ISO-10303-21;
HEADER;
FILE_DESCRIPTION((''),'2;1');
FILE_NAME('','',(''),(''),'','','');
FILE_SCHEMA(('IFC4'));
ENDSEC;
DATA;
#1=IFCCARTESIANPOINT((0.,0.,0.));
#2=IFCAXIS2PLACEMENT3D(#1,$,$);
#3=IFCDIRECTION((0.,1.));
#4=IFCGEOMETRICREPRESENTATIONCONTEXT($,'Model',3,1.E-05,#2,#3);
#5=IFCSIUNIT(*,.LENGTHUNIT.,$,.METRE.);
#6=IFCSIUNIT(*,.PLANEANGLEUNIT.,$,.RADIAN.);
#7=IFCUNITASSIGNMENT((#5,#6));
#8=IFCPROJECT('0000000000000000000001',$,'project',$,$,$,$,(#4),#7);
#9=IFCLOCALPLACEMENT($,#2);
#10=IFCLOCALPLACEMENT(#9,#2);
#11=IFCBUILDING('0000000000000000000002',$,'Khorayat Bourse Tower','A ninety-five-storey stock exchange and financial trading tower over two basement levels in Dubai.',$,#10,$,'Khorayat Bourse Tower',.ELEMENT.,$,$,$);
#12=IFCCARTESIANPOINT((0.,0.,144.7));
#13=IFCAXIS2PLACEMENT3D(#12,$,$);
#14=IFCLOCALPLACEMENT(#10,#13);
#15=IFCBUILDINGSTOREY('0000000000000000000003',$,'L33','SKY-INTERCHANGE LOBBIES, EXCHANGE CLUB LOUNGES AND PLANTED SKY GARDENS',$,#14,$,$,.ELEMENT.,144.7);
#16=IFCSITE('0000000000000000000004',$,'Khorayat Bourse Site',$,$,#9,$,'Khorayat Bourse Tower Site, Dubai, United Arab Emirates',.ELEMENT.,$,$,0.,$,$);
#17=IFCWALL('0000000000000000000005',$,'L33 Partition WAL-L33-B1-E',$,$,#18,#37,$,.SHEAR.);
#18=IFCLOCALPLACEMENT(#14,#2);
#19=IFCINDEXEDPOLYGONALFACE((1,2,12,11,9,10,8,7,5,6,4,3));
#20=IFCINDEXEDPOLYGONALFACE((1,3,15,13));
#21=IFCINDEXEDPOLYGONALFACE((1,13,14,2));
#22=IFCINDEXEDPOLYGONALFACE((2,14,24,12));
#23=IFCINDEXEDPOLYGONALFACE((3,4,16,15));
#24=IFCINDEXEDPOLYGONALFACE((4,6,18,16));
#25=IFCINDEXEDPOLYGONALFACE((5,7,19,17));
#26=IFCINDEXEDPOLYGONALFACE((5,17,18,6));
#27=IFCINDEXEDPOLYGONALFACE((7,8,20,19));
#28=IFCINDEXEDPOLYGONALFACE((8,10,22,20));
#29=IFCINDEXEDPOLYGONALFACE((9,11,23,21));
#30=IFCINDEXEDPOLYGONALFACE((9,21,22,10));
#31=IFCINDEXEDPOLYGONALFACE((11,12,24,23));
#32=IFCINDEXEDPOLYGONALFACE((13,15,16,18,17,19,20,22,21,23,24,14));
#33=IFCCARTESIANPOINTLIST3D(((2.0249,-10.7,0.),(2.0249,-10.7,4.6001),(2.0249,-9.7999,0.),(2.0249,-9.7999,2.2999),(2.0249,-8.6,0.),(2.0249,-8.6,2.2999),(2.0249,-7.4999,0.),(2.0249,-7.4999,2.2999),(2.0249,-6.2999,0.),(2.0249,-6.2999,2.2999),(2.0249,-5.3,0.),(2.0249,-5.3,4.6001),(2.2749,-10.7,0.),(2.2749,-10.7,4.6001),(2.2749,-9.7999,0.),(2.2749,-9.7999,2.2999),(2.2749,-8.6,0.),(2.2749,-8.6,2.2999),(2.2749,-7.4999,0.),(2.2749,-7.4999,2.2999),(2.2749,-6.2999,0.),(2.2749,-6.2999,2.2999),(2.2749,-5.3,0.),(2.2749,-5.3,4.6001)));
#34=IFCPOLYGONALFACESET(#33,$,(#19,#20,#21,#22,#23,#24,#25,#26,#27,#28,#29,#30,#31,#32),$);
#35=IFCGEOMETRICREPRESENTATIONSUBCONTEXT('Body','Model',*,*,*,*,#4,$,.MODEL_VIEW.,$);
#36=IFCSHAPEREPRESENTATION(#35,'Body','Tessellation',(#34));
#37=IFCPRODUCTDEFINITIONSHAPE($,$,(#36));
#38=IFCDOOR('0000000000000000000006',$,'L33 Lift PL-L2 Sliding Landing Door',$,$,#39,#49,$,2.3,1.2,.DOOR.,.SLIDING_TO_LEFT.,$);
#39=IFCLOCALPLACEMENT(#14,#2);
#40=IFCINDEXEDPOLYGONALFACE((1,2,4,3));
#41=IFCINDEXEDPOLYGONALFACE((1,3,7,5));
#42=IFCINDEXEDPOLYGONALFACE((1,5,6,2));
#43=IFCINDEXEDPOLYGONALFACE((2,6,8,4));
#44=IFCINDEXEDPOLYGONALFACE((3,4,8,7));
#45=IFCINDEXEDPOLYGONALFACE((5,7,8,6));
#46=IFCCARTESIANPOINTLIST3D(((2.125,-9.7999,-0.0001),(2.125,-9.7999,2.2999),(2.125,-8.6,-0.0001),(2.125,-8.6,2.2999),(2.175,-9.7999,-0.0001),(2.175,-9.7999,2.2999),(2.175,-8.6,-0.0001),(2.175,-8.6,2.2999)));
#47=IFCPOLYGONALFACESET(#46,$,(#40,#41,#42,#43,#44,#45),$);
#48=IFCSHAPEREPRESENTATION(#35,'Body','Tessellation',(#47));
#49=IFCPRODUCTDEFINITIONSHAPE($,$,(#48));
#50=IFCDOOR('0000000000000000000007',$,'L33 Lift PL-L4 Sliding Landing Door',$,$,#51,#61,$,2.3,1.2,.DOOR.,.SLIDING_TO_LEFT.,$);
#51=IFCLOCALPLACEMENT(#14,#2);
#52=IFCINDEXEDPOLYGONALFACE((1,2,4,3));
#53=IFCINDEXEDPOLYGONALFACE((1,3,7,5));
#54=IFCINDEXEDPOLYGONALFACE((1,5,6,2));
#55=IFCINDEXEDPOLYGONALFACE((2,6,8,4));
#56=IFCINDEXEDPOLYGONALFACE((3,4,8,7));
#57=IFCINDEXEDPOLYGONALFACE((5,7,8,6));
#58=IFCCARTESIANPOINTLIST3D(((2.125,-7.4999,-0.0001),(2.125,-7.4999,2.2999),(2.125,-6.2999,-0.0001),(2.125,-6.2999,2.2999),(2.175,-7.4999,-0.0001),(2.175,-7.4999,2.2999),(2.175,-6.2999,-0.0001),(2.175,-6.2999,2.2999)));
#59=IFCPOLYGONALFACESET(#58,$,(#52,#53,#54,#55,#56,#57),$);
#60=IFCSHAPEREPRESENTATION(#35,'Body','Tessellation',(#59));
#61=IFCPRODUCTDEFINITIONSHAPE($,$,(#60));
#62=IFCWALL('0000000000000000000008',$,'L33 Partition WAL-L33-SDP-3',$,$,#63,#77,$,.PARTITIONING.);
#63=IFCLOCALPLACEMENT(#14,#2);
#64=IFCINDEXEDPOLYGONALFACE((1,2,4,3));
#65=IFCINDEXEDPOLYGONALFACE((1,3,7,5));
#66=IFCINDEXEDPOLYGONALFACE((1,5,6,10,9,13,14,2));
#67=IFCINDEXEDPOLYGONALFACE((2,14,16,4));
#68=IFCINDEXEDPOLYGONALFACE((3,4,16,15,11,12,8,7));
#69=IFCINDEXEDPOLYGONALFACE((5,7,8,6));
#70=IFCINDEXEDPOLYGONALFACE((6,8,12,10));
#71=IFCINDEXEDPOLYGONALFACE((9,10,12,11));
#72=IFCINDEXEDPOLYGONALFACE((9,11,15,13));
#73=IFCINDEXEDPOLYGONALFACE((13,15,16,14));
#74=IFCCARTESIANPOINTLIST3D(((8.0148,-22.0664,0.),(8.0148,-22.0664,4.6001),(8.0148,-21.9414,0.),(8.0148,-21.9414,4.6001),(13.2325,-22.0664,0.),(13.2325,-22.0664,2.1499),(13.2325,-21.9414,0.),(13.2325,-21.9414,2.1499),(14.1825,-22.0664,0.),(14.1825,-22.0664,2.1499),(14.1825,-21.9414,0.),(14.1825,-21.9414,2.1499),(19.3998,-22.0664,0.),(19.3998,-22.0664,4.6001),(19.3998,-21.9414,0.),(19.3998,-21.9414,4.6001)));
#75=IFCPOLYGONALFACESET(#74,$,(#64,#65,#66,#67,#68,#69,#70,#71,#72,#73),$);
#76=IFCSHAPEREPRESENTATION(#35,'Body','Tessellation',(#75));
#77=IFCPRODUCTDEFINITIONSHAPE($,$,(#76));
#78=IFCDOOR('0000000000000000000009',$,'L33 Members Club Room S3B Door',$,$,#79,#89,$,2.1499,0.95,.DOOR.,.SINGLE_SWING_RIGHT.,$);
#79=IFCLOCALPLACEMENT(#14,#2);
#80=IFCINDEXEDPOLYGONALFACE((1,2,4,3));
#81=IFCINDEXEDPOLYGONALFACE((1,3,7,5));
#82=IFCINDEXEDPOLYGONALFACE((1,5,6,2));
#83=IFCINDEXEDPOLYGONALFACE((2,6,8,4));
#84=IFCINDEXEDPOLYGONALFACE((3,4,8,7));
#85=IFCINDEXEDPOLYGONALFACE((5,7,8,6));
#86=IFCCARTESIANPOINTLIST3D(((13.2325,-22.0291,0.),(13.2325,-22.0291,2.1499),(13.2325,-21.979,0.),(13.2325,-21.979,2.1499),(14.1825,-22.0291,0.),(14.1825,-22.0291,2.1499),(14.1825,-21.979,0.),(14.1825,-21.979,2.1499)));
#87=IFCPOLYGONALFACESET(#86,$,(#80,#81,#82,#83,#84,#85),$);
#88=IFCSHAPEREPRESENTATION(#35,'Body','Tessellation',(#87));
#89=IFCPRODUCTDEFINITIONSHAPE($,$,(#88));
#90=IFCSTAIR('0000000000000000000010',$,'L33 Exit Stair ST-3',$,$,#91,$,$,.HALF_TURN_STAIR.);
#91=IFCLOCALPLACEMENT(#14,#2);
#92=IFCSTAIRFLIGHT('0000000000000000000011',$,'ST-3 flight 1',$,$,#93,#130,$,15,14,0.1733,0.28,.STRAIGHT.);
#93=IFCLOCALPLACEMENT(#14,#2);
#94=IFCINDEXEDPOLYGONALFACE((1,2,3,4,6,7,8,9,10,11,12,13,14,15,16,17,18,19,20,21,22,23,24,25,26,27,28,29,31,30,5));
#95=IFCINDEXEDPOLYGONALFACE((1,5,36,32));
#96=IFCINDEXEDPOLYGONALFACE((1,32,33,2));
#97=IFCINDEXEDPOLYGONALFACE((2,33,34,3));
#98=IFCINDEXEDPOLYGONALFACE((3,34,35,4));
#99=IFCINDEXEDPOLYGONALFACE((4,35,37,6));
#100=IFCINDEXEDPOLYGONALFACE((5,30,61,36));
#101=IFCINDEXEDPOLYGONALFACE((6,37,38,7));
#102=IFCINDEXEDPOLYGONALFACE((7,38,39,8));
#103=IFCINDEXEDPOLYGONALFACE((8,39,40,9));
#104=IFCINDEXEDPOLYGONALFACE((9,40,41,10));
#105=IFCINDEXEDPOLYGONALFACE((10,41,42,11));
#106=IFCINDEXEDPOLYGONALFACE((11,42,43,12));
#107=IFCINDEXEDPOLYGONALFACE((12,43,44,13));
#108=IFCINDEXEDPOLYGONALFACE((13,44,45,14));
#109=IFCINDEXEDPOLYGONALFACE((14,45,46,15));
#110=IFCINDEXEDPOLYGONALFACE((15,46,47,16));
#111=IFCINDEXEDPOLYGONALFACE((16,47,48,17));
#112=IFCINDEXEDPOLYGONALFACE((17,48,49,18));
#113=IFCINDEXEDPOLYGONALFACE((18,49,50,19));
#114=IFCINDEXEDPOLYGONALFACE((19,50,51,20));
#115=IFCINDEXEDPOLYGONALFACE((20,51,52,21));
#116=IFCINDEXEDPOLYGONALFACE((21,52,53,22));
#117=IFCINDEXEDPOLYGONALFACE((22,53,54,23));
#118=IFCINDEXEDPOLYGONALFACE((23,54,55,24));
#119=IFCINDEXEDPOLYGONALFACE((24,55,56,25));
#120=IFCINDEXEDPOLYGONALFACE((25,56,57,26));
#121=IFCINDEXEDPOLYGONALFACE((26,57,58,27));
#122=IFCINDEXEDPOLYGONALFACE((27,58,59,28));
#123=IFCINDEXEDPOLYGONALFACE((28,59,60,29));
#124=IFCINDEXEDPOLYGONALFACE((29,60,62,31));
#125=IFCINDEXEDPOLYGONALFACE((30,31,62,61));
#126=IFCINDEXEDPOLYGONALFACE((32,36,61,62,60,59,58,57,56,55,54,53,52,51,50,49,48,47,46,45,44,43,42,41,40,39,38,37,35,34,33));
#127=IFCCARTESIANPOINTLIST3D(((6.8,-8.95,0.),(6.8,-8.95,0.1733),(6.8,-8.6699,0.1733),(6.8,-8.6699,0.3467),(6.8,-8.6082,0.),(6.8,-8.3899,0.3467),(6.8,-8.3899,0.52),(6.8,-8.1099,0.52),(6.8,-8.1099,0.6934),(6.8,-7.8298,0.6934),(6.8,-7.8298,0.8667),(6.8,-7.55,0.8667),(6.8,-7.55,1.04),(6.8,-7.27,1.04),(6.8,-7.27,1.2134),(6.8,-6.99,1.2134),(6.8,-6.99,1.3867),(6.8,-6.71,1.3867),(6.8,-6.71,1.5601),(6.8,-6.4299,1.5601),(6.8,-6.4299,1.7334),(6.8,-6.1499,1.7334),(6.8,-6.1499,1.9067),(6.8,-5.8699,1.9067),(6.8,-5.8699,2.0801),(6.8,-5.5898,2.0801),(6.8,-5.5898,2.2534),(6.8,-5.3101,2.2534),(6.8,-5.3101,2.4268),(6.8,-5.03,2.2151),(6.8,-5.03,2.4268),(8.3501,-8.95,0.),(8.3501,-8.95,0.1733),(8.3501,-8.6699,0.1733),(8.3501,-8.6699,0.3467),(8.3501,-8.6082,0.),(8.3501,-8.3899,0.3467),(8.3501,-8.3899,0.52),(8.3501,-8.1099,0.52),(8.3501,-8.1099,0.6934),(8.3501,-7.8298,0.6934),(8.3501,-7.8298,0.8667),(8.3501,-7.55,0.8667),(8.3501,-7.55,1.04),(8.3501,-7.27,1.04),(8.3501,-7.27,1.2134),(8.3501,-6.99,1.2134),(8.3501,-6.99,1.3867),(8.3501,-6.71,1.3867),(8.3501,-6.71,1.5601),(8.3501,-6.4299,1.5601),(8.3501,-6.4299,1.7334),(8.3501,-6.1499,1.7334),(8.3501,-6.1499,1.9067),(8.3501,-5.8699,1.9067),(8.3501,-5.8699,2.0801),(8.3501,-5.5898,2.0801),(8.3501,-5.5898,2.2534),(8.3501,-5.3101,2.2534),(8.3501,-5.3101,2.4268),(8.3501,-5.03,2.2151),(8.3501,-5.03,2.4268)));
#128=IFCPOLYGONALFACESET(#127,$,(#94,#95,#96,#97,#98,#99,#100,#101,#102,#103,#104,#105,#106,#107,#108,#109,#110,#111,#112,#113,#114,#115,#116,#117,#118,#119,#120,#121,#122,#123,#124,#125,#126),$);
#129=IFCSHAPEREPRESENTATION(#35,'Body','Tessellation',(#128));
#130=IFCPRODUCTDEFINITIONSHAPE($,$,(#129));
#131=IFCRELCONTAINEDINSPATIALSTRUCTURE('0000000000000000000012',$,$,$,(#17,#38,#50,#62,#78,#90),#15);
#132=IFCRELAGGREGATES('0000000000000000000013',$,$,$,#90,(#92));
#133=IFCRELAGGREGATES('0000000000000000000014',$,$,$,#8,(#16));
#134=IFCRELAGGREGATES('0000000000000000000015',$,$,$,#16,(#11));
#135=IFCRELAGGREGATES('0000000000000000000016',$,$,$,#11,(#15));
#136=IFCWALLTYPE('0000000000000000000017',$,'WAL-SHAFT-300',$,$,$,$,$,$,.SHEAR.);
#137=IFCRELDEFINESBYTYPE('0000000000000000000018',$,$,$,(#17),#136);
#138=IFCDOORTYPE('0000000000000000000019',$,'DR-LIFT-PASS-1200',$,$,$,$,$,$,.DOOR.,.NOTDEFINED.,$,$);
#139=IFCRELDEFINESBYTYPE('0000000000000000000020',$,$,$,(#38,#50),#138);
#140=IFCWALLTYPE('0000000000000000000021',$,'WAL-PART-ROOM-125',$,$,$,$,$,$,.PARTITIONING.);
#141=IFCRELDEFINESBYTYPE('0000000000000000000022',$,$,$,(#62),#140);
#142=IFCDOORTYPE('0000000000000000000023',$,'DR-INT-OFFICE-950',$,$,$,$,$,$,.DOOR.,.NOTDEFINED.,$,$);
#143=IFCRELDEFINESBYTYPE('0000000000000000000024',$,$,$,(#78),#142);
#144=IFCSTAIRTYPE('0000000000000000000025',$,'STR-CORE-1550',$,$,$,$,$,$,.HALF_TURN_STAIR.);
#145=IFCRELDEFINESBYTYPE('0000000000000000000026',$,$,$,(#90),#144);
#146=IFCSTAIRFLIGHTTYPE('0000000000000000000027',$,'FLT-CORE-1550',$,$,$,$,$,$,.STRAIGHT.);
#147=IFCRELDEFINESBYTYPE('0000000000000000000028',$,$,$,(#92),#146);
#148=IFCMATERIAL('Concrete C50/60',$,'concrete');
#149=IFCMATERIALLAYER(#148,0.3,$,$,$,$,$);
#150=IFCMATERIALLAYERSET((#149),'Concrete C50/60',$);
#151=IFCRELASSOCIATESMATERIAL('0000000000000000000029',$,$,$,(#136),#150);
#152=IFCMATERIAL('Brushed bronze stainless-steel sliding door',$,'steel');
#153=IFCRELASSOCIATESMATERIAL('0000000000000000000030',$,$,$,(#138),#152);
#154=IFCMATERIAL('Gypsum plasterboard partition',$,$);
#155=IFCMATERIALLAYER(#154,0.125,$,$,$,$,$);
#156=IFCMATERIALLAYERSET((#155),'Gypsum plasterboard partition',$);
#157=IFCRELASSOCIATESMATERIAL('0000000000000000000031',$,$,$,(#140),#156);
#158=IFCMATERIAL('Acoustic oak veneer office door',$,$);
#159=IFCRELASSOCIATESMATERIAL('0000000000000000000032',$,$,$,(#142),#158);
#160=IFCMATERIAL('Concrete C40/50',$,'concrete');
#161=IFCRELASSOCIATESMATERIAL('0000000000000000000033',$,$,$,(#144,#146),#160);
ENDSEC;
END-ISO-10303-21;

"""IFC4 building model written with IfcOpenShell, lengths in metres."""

from ifc_helpers import new_model, si_unit, direction, frame, frame_2d, origin, place, context, subcontext, project, spatial, polyline, rectangle, outline, extrude, source, transform, mapped, material, layer, layer_set, type_object, element, fill, aggregate, save


model = new_model("IFC4")

# Units and contexts
model_context = context("Model", 3, precision=1e-05, world=origin(), true_north=direction((0.0, 1.0)))
body_context = subcontext(model_context, "Body", "Model", "MODEL_VIEW")
ifc_project = project(units=[si_unit("LENGTHUNIT", "METRE"), si_unit("PLANEANGLEUNIT", "RADIAN")], contexts=[model_context])

# Site, building, storey
site_placement = place(None, origin())
site = spatial("IfcSite", under=ifc_project, at=site_placement, Name="Khorayat Bourse Site", LongName="Khorayat Bourse Tower Site, Dubai, United Arab Emirates", CompositionType="ELEMENT", RefElevation=0.0)
building_placement = place(site_placement, origin())
building = spatial("IfcBuilding", under=site, at=building_placement, Name="Khorayat Bourse Tower", Description="A ninety-five-storey stock exchange and financial trading tower over two basement levels in Dubai.", LongName="Khorayat Bourse Tower", CompositionType="ELEMENT")
storey_placement = place(building_placement, frame((0.0, 0.0, 144.7)))
storey = spatial("IfcBuildingStorey", under=building, at=storey_placement, Name="L33", Description="SKY-INTERCHANGE LOBBIES, EXCHANGE CLUB LOUNGES AND PLANTED SKY GARDENS", CompositionType="ELEMENT", Elevation=144.7)

# Wall, openings, doors
ifc_material_1 = material(Name="Concrete C50/60", Category="concrete")
ifc_layer_1 = layer(ifc_material_1, 0.3)
ifc_layer_set_1 = layer_set([ifc_layer_1], Name="Concrete C50/60")
wall_type_1 = type_object("IfcWallType", Name="WAL-SHAFT-300", PredefinedType="SHEAR", material=ifc_layer_set_1)
shared_shape_1 = source(origin(), body_context, "Body", "SweptSolid", [
    extrude(rectangle(XDim=5.3999, YDim=0.25, at=frame_2d((2.7, 0.0))), origin(), (0.0, 0.0, 1.0), 4.6001),
])
wall_1_placement = place(storey_placement, frame((2.1499, -10.7, 0.0), z_axis=(0.0, 0.0, 1.0), x_axis=(0.0, 1.0, 0.0)))
wall_1 = element("IfcWall", 1, at=wall_1_placement, inside=storey, type_object=wall_type_1, Name="L33 Partition WAL-L33-B1-E", PredefinedType="SHEAR", context=body_context, shape_type="MappedRepresentation", body=[
    mapped(shared_shape_1, transform((0.0, 0.0, 0.0), scale=1.0)),
])
shared_shape_2 = source(origin(), body_context, "Body", "SweptSolid", [
    extrude(rectangle(XDim=1.2, YDim=2.3, at=frame_2d((0.6001, 1.1499))), frame((0.0, 0.135, 0.0), z_axis=(0.0, -1.0, 0.0), x_axis=(1.0, 0.0, 0.0)), (0.0, 0.0, 1.0), 0.27),
])
opening_1_placement = place(wall_1_placement, frame((0.8999, 0.0, 0.0)))
opening_1 = element("IfcOpeningElement", 2, at=opening_1_placement, cuts=wall_1, PredefinedType="OPENING", context=body_context, shape_type="MappedRepresentation", body=[
    mapped(shared_shape_2, transform((0.0, 0.0, 0.0), scale=1.0)),
])
opening_2_placement = place(wall_1_placement, frame((3.2, 0.0, 0.0)))
opening_2 = element("IfcOpeningElement", 3, at=opening_2_placement, cuts=wall_1, PredefinedType="OPENING", context=body_context, shape_type="MappedRepresentation", body=[
    mapped(shared_shape_2, transform((0.0, 0.0, 0.0), scale=1.0)),
])
ifc_material_2 = material(Name="Brushed bronze stainless-steel sliding door", Category="steel")
door_type_1 = type_object("IfcDoorType", Name="DR-LIFT-PASS-1200", OperationType="NOTDEFINED", PredefinedType="DOOR", material=ifc_material_2)
shared_shape_3 = source(origin(), body_context, "Body", "SweptSolid", [
    extrude(rectangle(XDim=1.2, YDim=2.3, at=frame_2d((0.6001, 1.1499))), frame((0.0, 0.0249, 0.0), z_axis=(0.0, -1.0, 0.0), x_axis=(1.0, 0.0, 0.0)), (0.0, 0.0, 1.0), 0.05),
])
door_1_placement = place(opening_1_placement, origin())
door_1 = element("IfcDoor", 4, at=door_1_placement, inside=storey, type_object=door_type_1, Name="L33 Lift PL-L2 Sliding Landing Door", OperationType="SLIDING_TO_LEFT", OverallHeight=2.3, OverallWidth=1.2, PredefinedType="DOOR", context=body_context, shape_type="MappedRepresentation", body=[
    mapped(shared_shape_3, transform((0.0, 0.0, 0.0), scale=1.0)),
])
fill(opening_1, door_1)
door_2_placement = place(opening_2_placement, origin())
door_2 = element("IfcDoor", 5, at=door_2_placement, inside=storey, type_object=door_type_1, Name="L33 Lift PL-L4 Sliding Landing Door", OperationType="SLIDING_TO_LEFT", OverallHeight=2.3, OverallWidth=1.2, PredefinedType="DOOR", context=body_context, shape_type="MappedRepresentation", body=[
    mapped(shared_shape_3, transform((0.0, 0.0, 0.0), scale=1.0)),
])
fill(opening_2, door_2)

# Wall, opening, door
ifc_material_3 = material(Name="Gypsum plasterboard partition")
ifc_layer_2 = layer(ifc_material_3, 0.125)
ifc_layer_set_2 = layer_set([ifc_layer_2], Name="Gypsum plasterboard partition")
wall_type_2 = type_object("IfcWallType", Name="WAL-PART-ROOM-125", PredefinedType="PARTITIONING", material=ifc_layer_set_2)
shared_shape_4 = source(origin(), body_context, "Body", "SweptSolid", [
    extrude(rectangle(XDim=11.385, YDim=0.125, at=frame_2d((5.6924, 0.0))), origin(), (0.0, 0.0, 1.0), 4.6001),
])
wall_2_placement = place(storey_placement, frame((8.0149, -22.0039, 0.0), z_axis=(0.0, 0.0, 1.0), x_axis=(1.0, 0.0, 0.0)))
wall_2 = element("IfcWall", 6, at=wall_2_placement, inside=storey, type_object=wall_type_2, Name="L33 Partition WAL-L33-SDP-3", PredefinedType="PARTITIONING", context=body_context, shape_type="MappedRepresentation", body=[
    mapped(shared_shape_4, transform((0.0, 0.0, 0.0), scale=1.0)),
])
shared_shape_5 = source(origin(), body_context, "Body", "SweptSolid", [
    extrude(rectangle(XDim=0.95, YDim=2.1499, at=frame_2d((0.4751, 1.075))), frame((0.0, 0.0725, 0.0), z_axis=(0.0, -1.0, 0.0), x_axis=(1.0, 0.0, 0.0)), (0.0, 0.0, 1.0), 0.145),
])
opening_3_placement = place(wall_2_placement, frame((5.2175, 0.0, 0.0)))
opening_3 = element("IfcOpeningElement", 7, at=opening_3_placement, cuts=wall_2, PredefinedType="OPENING", context=body_context, shape_type="MappedRepresentation", body=[
    mapped(shared_shape_5, transform((0.0, 0.0, 0.0), scale=1.0)),
])
ifc_material_4 = material(Name="Acoustic oak veneer office door")
door_type_2 = type_object("IfcDoorType", Name="DR-INT-OFFICE-950", OperationType="NOTDEFINED", PredefinedType="DOOR", material=ifc_material_4)
shared_shape_6 = source(origin(), body_context, "Body", "SweptSolid", [
    extrude(rectangle(XDim=0.95, YDim=2.1499, at=frame_2d((0.4751, 1.075))), frame((0.0, 0.0249, 0.0), z_axis=(0.0, -1.0, 0.0), x_axis=(1.0, 0.0, 0.0)), (0.0, 0.0, 1.0), 0.05),
])
door_3_placement = place(opening_3_placement, origin())
door_3 = element("IfcDoor", 8, at=door_3_placement, inside=storey, type_object=door_type_2, Name="L33 Members Club Room S3B Door", OperationType="SINGLE_SWING_RIGHT", OverallHeight=2.1499, OverallWidth=0.95, PredefinedType="DOOR", context=body_context, shape_type="MappedRepresentation", body=[
    mapped(shared_shape_6, transform((0.0, 0.0, 0.0), scale=1.0)),
])
fill(opening_3, door_3)

# Stair, stair flight
ifc_material_5 = material(Name="Concrete C40/50", Category="concrete")
stair_type = type_object("IfcStairType", Name="STR-CORE-1550", PredefinedType="HALF_TURN_STAIR", material=ifc_material_5)
stair_placement = place(storey_placement, origin())
stair = element("IfcStair", 9, at=stair_placement, inside=storey, type_object=stair_type, Name="L33 Exit Stair ST-3", PredefinedType="HALF_TURN_STAIR")
stair_flight_type = type_object("IfcStairFlightType", Name="FLT-CORE-1550", PredefinedType="STRAIGHT", material=ifc_material_5)
shared_shape_7 = source(origin(), body_context, "Body", "SweptSolid", [
    extrude(outline(polyline([(0.0, 0.0), (0.0, 0.1733), (0.28, 0.1733), (0.28, 0.3467), (0.5601, 0.3467), (0.5601, 0.52), (0.8401, 0.52), (0.8401, 0.6934), (1.1201, 0.6934), (1.1201, 0.8667), (1.3999, 0.8667), (1.3999, 1.04), (1.6799, 1.04), (1.6799, 1.2134), (1.96, 1.2134), (1.96, 1.3867), (2.24, 1.3867), (2.24, 1.5601), (2.52, 1.5601), (2.52, 1.7334), (2.8, 1.7334), (2.8, 1.9067), (3.0801, 1.9067), (3.0801, 2.0801), (3.3601, 2.0801), (3.3601, 2.2534), (3.6399, 2.2534), (3.6399, 2.4268), (3.9199, 2.4268), (3.9199, 2.6001), (3.9199, 2.2151), (0.3418, 0.0), (0.0, 0.0)])), frame((0.0, 0.7749, 0.0), z_axis=(0.0, -1.0, 0.0), x_axis=(1.0, 0.0, 0.0)), (0.0, 0.0, 1.0), 1.55),
])
stair_flight_placement = place(storey_placement, frame((7.575, -8.95, 0.0), z_axis=(0.0, 0.0, 1.0), x_axis=(0.0, 1.0, 0.0)))
stair_flight = element("IfcStairFlight", 10, at=stair_flight_placement, type_object=stair_flight_type, Name="ST-3 flight 1", NumberOfRisers=15, NumberOfTreads=14, PredefinedType="STRAIGHT", RiserHeight=0.1733, TreadLength=0.28, context=body_context, shape_type="MappedRepresentation", body=[
    mapped(shared_shape_7, transform((0.0, 0.0, 0.0), scale=1.0)),
])
aggregate(stair, [stair_flight])

save(model, "model.ifc")
